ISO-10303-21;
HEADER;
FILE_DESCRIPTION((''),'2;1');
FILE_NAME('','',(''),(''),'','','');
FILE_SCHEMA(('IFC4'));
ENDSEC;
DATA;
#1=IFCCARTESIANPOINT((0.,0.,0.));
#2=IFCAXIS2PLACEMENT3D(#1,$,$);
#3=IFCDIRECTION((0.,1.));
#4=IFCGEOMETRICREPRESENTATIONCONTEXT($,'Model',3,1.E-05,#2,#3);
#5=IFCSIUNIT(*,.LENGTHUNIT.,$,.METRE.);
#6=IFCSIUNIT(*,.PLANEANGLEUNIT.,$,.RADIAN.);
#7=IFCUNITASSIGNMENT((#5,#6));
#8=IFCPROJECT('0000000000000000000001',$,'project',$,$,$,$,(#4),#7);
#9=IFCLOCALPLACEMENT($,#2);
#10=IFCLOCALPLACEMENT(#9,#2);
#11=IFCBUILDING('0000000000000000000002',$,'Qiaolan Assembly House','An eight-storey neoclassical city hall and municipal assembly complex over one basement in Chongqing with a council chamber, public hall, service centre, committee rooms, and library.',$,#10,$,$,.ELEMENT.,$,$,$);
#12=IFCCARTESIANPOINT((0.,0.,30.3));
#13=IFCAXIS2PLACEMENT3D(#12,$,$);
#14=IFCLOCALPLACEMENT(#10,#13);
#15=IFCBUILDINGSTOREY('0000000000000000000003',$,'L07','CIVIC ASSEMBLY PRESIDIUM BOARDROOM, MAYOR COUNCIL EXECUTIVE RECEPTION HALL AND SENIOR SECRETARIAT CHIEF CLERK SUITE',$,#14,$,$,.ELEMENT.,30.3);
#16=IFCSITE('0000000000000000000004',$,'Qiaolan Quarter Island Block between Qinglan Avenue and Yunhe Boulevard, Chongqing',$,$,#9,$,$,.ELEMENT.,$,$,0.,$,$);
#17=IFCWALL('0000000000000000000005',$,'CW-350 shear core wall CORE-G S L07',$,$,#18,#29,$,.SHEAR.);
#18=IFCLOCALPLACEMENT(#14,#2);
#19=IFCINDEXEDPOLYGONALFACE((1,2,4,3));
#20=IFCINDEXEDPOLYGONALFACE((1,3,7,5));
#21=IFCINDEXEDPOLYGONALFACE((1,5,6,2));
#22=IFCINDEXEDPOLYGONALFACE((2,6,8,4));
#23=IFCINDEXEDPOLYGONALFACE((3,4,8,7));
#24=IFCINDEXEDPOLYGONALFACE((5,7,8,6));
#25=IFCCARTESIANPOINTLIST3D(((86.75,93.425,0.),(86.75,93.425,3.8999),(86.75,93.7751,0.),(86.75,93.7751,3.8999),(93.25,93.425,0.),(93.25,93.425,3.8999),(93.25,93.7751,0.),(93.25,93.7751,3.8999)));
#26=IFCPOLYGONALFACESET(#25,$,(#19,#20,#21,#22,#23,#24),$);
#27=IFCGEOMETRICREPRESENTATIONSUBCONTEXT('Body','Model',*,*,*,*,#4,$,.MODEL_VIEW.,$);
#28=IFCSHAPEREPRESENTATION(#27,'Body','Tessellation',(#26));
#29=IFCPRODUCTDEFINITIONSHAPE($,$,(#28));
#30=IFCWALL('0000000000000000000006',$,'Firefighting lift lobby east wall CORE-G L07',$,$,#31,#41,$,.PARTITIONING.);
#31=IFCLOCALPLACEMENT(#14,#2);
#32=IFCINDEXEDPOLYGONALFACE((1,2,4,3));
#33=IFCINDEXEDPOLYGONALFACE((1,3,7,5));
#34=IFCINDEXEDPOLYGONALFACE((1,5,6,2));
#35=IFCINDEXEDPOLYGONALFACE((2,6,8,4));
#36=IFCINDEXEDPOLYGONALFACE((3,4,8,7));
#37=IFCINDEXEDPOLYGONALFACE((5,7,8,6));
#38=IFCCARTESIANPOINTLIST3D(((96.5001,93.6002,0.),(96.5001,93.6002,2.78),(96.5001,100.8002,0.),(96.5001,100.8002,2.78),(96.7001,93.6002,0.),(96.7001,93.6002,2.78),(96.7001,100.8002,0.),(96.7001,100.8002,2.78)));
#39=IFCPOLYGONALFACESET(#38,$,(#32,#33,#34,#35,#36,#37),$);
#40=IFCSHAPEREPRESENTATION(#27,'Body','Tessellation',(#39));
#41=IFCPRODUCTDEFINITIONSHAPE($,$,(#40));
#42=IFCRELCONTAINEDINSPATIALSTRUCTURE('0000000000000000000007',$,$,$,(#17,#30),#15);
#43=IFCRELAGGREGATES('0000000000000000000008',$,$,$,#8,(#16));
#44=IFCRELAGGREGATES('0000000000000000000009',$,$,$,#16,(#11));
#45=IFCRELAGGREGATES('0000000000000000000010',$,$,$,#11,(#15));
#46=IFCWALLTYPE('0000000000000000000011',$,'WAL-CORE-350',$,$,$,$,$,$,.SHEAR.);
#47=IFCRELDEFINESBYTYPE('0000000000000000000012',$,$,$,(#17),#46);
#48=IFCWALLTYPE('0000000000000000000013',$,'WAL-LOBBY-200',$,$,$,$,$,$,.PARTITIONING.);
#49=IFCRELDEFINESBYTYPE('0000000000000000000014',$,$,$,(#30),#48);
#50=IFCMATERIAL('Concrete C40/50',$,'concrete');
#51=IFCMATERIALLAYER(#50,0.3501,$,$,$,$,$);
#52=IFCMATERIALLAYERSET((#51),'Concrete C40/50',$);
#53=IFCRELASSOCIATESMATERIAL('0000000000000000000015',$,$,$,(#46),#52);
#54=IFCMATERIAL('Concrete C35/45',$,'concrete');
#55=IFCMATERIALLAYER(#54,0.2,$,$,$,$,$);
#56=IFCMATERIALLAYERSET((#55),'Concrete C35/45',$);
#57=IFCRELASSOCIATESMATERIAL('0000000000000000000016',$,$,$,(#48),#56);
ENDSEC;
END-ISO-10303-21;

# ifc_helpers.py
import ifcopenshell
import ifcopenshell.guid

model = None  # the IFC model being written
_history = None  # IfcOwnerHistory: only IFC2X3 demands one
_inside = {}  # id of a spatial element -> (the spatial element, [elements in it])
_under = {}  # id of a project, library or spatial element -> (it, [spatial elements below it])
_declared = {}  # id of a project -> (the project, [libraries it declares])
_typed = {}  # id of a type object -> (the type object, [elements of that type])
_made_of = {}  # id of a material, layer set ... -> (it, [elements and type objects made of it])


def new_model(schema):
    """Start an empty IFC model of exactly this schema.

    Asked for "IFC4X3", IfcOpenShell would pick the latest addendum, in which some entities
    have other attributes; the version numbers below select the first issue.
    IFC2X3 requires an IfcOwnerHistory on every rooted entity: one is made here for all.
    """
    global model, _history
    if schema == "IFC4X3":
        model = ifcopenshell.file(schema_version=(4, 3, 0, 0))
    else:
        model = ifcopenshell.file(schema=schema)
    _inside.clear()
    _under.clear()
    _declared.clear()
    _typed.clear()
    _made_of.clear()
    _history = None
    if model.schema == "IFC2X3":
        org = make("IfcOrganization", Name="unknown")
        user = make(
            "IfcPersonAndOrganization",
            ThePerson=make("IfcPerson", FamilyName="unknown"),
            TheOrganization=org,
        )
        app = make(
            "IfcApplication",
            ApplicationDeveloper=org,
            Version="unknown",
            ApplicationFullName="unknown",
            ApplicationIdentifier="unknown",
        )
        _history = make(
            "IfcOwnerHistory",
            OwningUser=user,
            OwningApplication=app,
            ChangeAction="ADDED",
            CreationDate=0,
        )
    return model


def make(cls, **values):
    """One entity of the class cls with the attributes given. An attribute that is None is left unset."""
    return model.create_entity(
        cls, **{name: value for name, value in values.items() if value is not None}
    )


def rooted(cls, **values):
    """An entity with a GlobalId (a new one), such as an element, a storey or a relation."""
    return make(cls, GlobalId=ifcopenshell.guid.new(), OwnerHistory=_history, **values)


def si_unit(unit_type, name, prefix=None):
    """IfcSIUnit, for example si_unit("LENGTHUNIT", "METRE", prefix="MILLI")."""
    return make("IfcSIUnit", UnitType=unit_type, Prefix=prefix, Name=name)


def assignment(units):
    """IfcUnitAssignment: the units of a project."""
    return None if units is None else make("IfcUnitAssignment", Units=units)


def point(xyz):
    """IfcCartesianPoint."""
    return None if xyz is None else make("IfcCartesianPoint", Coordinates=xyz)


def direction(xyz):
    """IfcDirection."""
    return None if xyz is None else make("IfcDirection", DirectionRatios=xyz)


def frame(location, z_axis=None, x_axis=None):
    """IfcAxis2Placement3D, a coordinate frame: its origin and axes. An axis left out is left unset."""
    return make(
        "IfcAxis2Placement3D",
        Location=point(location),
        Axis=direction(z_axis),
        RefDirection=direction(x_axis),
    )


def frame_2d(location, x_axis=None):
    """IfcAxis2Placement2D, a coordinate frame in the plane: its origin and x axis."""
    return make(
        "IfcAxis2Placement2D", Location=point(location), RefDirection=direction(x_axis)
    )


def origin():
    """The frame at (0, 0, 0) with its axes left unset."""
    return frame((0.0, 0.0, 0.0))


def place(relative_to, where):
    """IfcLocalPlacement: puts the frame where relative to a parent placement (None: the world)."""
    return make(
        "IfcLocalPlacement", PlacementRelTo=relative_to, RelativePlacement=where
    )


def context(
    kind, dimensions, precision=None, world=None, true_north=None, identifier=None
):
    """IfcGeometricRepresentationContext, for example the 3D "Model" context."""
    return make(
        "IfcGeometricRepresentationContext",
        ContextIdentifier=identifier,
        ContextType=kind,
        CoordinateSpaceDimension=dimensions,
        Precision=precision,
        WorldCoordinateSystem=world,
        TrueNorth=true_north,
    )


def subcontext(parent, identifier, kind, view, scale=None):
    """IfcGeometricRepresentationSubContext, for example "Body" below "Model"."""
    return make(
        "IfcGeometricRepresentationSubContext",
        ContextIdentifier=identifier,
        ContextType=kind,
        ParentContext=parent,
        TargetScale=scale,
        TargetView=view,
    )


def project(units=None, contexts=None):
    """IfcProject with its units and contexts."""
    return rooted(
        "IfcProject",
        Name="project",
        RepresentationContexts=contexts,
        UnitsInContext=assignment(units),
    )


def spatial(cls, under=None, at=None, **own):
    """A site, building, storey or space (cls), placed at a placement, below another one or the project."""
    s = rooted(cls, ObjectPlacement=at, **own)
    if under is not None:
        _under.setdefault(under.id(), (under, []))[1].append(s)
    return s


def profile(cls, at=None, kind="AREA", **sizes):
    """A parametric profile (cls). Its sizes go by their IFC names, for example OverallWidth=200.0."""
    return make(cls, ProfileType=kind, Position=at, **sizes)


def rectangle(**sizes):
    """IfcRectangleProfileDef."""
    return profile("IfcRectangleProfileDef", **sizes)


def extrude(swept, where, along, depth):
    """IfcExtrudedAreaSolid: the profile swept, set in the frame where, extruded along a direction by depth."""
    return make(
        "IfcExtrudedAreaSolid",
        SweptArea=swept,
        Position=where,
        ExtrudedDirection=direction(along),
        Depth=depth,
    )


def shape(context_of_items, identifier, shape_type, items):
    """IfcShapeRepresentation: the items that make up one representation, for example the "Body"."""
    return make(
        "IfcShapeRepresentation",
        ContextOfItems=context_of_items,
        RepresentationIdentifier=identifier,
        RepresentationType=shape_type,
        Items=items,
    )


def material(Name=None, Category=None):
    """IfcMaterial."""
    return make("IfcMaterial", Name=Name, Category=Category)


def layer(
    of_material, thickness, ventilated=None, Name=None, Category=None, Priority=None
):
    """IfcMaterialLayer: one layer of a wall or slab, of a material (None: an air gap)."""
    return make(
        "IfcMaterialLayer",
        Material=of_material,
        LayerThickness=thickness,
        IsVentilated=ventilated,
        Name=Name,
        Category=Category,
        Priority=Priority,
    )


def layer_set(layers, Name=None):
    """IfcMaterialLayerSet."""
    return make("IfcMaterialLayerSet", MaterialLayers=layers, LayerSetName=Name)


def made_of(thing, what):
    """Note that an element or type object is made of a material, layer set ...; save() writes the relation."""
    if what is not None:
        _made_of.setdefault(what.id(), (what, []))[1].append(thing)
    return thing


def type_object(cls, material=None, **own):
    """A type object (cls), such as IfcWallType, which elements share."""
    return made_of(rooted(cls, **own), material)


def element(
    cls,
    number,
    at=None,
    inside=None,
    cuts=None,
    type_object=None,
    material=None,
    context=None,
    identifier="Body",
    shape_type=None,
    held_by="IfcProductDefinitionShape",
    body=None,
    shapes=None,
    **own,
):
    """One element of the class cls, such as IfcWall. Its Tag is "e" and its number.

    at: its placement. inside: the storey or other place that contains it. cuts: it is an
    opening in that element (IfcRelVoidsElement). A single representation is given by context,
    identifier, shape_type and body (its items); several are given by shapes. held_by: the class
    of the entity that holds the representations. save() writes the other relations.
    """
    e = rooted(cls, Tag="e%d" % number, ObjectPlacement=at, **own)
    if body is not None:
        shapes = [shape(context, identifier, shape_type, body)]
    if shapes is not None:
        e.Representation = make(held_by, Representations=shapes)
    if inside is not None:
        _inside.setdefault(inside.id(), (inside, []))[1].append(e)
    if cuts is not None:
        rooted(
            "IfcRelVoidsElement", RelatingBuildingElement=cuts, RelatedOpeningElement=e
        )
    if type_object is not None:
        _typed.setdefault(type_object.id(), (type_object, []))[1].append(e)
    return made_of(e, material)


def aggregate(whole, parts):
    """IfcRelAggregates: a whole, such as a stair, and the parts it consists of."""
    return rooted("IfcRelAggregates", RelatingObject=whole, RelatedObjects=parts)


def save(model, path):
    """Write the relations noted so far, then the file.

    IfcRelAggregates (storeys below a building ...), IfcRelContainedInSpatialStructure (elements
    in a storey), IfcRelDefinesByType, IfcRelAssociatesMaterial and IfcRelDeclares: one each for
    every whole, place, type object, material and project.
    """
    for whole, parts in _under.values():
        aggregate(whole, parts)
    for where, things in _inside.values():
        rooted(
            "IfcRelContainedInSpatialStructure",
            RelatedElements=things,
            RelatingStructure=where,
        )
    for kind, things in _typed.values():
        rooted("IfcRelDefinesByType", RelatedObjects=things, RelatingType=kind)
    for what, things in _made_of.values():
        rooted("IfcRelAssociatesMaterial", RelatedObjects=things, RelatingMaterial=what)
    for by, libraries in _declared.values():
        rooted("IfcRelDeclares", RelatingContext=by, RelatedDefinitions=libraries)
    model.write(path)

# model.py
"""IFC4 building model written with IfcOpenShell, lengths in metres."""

from ifc_helpers import new_model, si_unit, direction, frame, frame_2d, origin, place, context, subcontext, project, spatial, rectangle, extrude, material, layer, layer_set, type_object, element, save


model = new_model("IFC4")

# Units and contexts
model_context = context("Model", 3, precision=1e-05, world=origin(), true_north=direction((0.0, 1.0)))
body_context = subcontext(model_context, "Body", "Model", "MODEL_VIEW")
ifc_project = project(units=[si_unit("LENGTHUNIT", "METRE"), si_unit("PLANEANGLEUNIT", "RADIAN")], contexts=[model_context])

# Site, building, storey
site_placement = place(None, origin())
site = spatial("IfcSite", under=ifc_project, at=site_placement, Name="Qiaolan Quarter Island Block between Qinglan Avenue and Yunhe Boulevard, Chongqing", CompositionType="ELEMENT", RefElevation=0.0)
building_placement = place(site_placement, origin())
building = spatial("IfcBuilding", under=site, at=building_placement, Name="Qiaolan Assembly House", Description="An eight-storey neoclassical city hall and municipal assembly complex over one basement in Chongqing with a council chamber, public hall, service centre, committee rooms, and library.", CompositionType="ELEMENT")
storey_placement = place(building_placement, frame((0.0, 0.0, 30.3)))
storey = spatial("IfcBuildingStorey", under=building, at=storey_placement, Name="L07", Description="CIVIC ASSEMBLY PRESIDIUM BOARDROOM, MAYOR COUNCIL EXECUTIVE RECEPTION HALL AND SENIOR SECRETARIAT CHIEF CLERK SUITE", CompositionType="ELEMENT", Elevation=30.3)

# Shared definitions
ifc_material_1 = material(Name="Concrete C40/50", Category="concrete")

# Walls
ifc_layer_1 = layer(ifc_material_1, 0.3501)
ifc_layer_set_1 = layer_set([ifc_layer_1], Name="Concrete C40/50")
wall_type_1 = type_object("IfcWallType", Name="WAL-CORE-350", PredefinedType="SHEAR", material=ifc_layer_set_1)
wall_1_placement = place(storey_placement, frame((86.75, 93.6001, 0.0), z_axis=(0.0, 0.0, 1.0), x_axis=(1.0, 0.0, 0.0)))
element("IfcWall", 1, at=wall_1_placement, inside=storey, type_object=wall_type_1, Name="CW-350 shear core wall CORE-G S L07", PredefinedType="SHEAR", context=body_context, shape_type="SweptSolid", body=[
    extrude(rectangle(XDim=6.5, YDim=0.3501, at=frame_2d((3.25, 0.0))), origin(), (0.0, 0.0, 1.0), 3.8999),
])
ifc_material_2 = material(Name="Concrete C35/45", Category="concrete")
ifc_layer_2 = layer(ifc_material_2, 0.2)
ifc_layer_set_2 = layer_set([ifc_layer_2], Name="Concrete C35/45")
wall_type_2 = type_object("IfcWallType", Name="WAL-LOBBY-200", PredefinedType="PARTITIONING", material=ifc_layer_set_2)
wall_2_placement = place(storey_placement, frame((96.6001, 93.6001, 0.0), z_axis=(0.0, 0.0, 1.0), x_axis=(0.0, 1.0, 0.0)))
element("IfcWall", 2, at=wall_2_placement, inside=storey, type_object=wall_type_2, Name="Firefighting lift lobby east wall CORE-G L07", PredefinedType="PARTITIONING", context=body_context, shape_type="SweptSolid", body=[
    extrude(rectangle(XDim=7.2, YDim=0.2, at=frame_2d((3.6001, 0.0))), origin(), (0.0, 0.0, 1.0), 2.78),
])

save(model, "model.ifc")
